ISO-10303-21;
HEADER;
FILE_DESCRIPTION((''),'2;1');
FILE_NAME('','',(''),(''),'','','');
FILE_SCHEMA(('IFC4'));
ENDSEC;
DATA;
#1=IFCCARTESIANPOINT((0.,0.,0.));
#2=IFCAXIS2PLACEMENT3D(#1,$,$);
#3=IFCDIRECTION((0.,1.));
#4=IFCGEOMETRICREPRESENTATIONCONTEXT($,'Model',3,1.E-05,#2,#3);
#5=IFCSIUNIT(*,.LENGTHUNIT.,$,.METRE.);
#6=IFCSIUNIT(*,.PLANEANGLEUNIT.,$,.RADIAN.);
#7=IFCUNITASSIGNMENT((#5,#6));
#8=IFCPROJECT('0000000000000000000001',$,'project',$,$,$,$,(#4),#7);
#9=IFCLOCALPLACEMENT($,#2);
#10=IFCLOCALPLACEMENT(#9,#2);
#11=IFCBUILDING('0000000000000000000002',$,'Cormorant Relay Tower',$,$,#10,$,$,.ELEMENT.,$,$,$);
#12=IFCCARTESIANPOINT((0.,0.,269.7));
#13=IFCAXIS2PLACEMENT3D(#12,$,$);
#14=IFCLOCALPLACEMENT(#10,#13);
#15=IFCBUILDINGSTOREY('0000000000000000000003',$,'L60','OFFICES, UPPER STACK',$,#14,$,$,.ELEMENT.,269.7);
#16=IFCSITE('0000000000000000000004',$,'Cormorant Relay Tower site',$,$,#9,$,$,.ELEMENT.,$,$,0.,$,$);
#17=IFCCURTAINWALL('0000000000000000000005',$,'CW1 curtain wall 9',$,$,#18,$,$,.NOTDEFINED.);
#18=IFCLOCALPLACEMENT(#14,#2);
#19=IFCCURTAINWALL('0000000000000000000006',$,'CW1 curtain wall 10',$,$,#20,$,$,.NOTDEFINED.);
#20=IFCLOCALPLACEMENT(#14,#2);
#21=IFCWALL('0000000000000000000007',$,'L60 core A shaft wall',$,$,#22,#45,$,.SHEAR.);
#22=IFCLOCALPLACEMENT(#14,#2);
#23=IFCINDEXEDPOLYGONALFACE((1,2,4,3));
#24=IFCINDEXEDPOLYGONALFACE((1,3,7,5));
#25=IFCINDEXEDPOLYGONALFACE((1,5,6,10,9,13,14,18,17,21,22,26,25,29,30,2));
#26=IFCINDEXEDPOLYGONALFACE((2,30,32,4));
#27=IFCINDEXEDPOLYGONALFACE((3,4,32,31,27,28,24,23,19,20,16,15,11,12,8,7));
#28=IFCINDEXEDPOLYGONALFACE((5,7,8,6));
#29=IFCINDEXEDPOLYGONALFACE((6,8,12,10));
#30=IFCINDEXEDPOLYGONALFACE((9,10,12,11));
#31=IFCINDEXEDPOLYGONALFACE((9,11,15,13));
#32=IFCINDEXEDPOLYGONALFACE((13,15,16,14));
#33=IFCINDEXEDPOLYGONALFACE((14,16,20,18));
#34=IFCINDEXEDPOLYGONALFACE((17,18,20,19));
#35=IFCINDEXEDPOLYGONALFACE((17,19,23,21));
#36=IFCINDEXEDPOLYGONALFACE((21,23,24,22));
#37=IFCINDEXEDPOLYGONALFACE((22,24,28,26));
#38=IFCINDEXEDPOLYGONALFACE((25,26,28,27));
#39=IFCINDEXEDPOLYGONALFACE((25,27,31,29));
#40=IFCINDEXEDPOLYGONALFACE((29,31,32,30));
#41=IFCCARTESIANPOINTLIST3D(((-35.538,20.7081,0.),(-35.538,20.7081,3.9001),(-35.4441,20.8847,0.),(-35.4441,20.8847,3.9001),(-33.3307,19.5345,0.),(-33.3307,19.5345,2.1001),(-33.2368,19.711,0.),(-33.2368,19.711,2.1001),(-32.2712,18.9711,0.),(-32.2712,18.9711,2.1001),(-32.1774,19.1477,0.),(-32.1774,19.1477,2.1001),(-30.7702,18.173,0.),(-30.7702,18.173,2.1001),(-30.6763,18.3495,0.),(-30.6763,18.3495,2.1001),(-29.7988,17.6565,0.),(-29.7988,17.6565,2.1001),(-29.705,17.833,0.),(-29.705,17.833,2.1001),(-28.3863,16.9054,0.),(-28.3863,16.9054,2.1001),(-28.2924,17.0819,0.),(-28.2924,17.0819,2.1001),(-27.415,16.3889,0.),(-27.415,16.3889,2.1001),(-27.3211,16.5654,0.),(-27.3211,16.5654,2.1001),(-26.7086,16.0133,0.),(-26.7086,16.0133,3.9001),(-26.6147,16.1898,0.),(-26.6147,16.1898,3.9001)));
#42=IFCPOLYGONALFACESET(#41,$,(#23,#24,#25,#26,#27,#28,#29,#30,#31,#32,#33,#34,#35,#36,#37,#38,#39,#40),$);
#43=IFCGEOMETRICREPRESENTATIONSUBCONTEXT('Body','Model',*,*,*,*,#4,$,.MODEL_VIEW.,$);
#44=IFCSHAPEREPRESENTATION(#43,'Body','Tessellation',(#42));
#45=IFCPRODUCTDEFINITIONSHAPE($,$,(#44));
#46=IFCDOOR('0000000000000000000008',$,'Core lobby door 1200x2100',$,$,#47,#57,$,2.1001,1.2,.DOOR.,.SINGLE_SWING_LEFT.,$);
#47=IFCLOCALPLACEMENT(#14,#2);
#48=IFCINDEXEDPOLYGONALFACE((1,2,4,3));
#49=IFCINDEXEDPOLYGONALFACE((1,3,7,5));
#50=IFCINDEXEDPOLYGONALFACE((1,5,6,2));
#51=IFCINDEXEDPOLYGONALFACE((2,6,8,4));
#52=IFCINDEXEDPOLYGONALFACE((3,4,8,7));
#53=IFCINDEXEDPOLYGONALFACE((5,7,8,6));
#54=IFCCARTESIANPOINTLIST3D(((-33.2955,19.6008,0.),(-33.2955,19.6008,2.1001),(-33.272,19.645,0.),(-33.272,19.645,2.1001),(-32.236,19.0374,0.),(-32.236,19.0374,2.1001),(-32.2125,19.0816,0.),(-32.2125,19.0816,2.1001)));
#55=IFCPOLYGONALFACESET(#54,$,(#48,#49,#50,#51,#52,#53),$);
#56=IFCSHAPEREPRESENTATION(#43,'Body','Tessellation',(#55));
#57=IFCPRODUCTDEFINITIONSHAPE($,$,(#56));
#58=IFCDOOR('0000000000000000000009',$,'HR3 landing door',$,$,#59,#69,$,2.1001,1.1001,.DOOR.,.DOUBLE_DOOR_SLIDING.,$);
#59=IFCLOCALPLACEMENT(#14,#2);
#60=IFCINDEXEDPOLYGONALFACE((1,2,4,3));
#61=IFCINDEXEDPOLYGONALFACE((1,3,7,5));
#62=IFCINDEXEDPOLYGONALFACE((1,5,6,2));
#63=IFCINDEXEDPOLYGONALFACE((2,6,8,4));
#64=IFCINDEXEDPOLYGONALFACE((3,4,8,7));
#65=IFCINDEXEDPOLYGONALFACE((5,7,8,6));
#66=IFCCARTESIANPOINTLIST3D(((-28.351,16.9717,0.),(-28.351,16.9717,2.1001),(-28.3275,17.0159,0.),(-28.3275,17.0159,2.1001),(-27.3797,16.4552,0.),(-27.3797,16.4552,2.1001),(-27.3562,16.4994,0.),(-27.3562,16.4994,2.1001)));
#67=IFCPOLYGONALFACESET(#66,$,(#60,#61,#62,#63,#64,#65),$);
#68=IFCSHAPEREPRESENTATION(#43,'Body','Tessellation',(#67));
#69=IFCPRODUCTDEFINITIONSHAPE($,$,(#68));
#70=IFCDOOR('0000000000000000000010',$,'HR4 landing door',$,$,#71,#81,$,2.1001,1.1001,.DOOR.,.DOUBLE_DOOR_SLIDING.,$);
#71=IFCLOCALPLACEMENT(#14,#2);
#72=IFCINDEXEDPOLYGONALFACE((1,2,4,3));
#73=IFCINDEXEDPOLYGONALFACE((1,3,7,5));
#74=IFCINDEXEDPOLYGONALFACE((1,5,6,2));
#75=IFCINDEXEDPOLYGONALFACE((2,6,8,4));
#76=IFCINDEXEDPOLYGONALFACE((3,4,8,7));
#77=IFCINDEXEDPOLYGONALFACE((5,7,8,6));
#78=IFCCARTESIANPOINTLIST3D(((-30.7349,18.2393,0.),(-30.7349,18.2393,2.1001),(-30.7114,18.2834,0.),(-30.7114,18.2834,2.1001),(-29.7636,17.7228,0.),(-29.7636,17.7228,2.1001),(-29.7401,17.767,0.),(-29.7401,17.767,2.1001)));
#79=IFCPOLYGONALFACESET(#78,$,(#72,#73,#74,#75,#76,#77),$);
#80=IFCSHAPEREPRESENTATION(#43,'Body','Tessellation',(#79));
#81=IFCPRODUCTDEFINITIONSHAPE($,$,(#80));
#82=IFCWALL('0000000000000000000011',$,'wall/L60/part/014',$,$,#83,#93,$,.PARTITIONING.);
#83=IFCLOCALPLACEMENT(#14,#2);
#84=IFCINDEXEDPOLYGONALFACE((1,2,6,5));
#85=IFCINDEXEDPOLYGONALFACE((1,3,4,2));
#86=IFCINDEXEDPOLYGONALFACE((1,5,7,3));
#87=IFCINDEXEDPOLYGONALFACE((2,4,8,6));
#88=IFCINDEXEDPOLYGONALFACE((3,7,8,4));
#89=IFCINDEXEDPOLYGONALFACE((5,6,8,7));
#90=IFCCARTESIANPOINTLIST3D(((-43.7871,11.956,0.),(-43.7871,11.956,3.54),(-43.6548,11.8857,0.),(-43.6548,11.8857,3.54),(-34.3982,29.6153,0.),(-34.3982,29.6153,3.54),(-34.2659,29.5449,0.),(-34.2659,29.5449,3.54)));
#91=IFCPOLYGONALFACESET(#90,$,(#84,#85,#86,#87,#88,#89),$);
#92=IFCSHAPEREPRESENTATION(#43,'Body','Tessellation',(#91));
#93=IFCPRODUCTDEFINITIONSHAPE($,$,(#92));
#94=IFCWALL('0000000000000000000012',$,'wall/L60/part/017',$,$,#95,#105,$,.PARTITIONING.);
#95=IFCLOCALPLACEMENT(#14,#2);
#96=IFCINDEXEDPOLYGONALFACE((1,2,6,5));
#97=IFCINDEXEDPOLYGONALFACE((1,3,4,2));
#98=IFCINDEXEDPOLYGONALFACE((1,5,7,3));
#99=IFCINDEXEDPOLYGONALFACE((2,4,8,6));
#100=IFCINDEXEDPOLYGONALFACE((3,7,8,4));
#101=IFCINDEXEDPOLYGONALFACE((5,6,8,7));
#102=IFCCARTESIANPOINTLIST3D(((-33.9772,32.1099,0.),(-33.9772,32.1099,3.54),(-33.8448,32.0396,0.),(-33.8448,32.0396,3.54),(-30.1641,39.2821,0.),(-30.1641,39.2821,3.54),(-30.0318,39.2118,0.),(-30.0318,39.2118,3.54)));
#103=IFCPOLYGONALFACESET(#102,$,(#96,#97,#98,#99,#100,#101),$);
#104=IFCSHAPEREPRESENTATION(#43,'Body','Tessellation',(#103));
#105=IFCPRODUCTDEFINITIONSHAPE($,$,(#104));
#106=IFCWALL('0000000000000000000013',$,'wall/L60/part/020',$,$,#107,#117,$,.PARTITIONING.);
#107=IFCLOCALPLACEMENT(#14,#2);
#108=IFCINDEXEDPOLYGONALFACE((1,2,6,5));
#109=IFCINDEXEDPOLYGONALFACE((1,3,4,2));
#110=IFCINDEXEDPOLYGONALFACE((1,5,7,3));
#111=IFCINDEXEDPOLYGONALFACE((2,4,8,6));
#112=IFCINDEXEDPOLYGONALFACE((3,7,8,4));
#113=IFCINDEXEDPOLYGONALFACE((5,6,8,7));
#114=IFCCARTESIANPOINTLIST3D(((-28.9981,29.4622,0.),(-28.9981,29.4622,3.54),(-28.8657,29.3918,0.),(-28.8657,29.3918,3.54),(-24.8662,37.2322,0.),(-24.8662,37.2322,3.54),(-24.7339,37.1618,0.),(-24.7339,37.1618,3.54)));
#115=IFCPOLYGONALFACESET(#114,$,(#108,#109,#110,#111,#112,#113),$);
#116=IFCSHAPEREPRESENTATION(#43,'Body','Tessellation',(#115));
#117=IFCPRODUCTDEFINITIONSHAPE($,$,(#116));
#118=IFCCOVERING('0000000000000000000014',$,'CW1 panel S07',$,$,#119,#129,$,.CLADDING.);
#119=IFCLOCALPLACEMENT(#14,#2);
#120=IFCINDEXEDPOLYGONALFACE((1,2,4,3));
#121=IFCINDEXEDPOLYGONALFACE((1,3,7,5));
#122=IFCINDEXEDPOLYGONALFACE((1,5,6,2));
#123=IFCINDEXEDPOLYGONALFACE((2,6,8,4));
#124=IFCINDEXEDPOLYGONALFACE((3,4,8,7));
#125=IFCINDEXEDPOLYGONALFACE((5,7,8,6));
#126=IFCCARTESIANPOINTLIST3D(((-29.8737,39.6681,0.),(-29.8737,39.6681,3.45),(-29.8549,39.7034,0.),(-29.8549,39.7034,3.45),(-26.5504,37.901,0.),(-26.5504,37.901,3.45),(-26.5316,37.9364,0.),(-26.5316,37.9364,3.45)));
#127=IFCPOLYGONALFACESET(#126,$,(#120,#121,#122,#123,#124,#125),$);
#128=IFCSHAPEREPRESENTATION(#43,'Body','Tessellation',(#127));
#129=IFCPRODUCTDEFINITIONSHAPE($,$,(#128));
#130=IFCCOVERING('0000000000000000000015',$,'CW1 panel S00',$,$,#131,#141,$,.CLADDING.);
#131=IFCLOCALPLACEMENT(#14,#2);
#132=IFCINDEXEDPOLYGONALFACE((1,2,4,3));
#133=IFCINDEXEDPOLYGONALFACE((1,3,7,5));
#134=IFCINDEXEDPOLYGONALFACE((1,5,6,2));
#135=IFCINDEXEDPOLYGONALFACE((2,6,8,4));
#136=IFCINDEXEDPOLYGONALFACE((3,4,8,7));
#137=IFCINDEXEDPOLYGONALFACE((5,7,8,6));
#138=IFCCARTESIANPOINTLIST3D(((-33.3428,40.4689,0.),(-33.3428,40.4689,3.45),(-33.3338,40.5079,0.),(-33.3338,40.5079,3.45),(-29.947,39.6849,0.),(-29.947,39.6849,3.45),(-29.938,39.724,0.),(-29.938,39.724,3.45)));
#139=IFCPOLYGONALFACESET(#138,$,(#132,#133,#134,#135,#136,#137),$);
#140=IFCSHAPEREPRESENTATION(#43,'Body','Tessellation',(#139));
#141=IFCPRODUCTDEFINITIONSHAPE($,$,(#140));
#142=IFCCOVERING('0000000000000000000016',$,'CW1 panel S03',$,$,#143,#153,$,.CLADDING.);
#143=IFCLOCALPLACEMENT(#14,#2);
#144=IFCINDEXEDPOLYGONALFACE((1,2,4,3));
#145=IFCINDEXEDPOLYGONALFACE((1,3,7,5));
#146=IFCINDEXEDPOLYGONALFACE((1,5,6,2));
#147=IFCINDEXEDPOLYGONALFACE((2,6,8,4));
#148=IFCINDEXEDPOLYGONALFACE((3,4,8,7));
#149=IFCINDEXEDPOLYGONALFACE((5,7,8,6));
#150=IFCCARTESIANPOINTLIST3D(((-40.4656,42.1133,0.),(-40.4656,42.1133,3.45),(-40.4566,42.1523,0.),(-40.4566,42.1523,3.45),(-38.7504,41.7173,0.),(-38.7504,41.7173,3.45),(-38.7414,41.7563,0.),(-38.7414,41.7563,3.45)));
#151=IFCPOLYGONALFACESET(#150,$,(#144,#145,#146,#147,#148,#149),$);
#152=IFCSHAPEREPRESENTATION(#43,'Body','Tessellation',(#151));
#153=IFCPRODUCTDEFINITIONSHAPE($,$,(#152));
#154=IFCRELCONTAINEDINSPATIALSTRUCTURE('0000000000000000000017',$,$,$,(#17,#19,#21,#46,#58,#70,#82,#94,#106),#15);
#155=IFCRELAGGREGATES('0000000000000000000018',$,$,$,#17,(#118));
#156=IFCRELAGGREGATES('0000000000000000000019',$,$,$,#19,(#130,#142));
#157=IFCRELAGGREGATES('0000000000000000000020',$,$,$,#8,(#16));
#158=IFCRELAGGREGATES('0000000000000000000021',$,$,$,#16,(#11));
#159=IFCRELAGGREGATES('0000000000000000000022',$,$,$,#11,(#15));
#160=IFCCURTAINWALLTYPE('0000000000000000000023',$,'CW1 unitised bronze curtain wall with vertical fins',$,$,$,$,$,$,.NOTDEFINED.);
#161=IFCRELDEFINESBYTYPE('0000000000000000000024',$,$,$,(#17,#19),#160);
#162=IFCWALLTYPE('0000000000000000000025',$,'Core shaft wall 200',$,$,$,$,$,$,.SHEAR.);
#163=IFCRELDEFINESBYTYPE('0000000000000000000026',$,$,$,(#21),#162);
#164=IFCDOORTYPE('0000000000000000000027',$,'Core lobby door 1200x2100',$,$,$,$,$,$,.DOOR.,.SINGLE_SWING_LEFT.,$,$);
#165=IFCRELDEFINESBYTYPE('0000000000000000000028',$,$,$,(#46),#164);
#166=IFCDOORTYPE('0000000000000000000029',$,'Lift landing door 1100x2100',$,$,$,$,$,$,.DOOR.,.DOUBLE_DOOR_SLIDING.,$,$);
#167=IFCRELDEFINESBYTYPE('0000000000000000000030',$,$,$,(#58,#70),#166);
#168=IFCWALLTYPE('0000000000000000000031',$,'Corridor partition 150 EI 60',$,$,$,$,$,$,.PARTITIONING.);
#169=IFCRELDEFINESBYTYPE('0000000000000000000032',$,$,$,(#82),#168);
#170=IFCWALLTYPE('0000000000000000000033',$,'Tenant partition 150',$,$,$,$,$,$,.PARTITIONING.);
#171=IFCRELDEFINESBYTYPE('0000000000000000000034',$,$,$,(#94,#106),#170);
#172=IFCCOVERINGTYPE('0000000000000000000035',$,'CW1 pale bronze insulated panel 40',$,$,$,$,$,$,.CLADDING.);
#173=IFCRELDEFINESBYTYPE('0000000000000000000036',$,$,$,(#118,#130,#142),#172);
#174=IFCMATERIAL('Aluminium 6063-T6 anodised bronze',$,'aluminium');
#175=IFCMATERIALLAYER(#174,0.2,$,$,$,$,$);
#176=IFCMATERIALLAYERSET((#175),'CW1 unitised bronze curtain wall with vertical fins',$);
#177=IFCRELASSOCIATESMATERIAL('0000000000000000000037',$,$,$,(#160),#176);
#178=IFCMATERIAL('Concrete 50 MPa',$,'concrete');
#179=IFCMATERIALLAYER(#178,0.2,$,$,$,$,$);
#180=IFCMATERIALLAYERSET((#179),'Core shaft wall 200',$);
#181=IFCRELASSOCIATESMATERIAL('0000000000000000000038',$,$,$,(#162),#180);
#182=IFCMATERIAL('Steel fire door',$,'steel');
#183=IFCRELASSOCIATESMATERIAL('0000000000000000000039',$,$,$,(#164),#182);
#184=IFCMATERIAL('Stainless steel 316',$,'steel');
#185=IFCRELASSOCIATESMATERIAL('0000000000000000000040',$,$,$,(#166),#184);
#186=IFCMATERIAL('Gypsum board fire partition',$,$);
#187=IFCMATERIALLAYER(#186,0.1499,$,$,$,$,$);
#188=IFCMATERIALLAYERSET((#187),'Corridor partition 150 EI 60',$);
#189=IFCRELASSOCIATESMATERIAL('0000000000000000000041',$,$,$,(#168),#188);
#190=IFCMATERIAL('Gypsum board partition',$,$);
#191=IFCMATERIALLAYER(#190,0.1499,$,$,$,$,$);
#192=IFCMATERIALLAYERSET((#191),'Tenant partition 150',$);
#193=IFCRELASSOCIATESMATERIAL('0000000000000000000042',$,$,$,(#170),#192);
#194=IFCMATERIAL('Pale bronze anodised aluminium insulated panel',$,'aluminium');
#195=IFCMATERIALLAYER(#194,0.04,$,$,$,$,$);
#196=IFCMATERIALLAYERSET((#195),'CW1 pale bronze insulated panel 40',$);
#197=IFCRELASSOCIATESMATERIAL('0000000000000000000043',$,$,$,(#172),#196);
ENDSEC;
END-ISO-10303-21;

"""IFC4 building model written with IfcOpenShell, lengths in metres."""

from ifc_helpers import new_model, si_unit, direction, frame, frame_2d, origin, origin_2d, place, context, subcontext, project, spatial, rectangle, extrude, material, layer, layer_set, type_object, element, fill, aggregate, save


model = new_model("IFC4")

# Units and contexts
model_context = context("Model", 3, precision=1e-05, world=origin(), true_north=direction((0.0, 1.0)))
body_context = subcontext(model_context, "Body", "Model", "MODEL_VIEW")
ifc_project = project(units=[si_unit("LENGTHUNIT", "METRE"), si_unit("PLANEANGLEUNIT", "RADIAN")], contexts=[model_context])

# Site, building, storey
site_placement = place(None, origin())
site = spatial("IfcSite", under=ifc_project, at=site_placement, Name="Cormorant Relay Tower site", CompositionType="ELEMENT", RefElevation=0.0)
building_placement = place(site_placement, origin())
building = spatial("IfcBuilding", under=site, at=building_placement, Name="Cormorant Relay Tower", CompositionType="ELEMENT")
storey_placement = place(building_placement, frame((0.0, 0.0, 269.7)))
storey = spatial("IfcBuildingStorey", under=building, at=storey_placement, Name="L60", Description="OFFICES, UPPER STACK", CompositionType="ELEMENT", Elevation=269.7)

# Curtain wall
ifc_material_1 = material(Name="Aluminium 6063-T6 anodised bronze", Category="aluminium")
ifc_layer_1 = layer(ifc_material_1, 0.2)
ifc_layer_set_1 = layer_set([ifc_layer_1], Name="CW1 unitised bronze curtain wall with vertical fins")
curtain_wall_type = type_object("IfcCurtainWallType", Name="CW1 unitised bronze curtain wall with vertical fins", PredefinedType="NOTDEFINED", material=ifc_layer_set_1)
curtain_wall_1_placement = place(storey_placement, origin())
curtain_wall_1 = element("IfcCurtainWall", 1, at=curtain_wall_1_placement, inside=storey, type_object=curtain_wall_type, Name="CW1 curtain wall 9", PredefinedType="NOTDEFINED")

# Curtain wall
curtain_wall_2_placement = place(storey_placement, origin())
curtain_wall_2 = element("IfcCurtainWall", 2, at=curtain_wall_2_placement, inside=storey, type_object=curtain_wall_type, Name="CW1 curtain wall 10", PredefinedType="NOTDEFINED")

# Shared definitions
ifc_material_2 = material(Name="Concrete 50 MPa", Category="concrete")
ifc_layer_2 = layer(ifc_material_2, 0.2)
ifc_layer_set_2 = layer_set([ifc_layer_2], Name="Core shaft wall 200")
wall_type_1 = type_object("IfcWallType", Name="Core shaft wall 200", PredefinedType="SHEAR", material=ifc_layer_set_2)

# Wall, openings, doors
wall_1_placement = place(storey_placement, frame((-26.6616, 16.1016, 0.0), z_axis=(0.0, 0.0, 1.0), x_axis=(-0.88294, 0.469485, 0.0)))
wall_1 = element("IfcWall", 3, at=wall_1_placement, inside=storey, type_object=wall_type_1, Name="L60 core A shaft wall", PredefinedType="SHEAR", context=body_context, shape_type="SweptSolid", body=[
    extrude(rectangle(XDim=10.0, YDim=0.2, at=frame_2d((5.0, 0.0))), origin(), (0.0, 0.0, 1.0), 3.9001),
])
opening_1_placement = place(wall_1_placement, frame((6.3, 0.0, 0.0)))
opening_1 = element("IfcOpeningElement", 4, at=opening_1_placement, cuts=wall_1, PredefinedType="OPENING", context=body_context, shape_type="SweptSolid", body=[
    extrude(rectangle(XDim=1.2, YDim=2.1001, at=frame_2d((0.6001, 1.05))), frame((0.0, 0.1099, 0.0), z_axis=(0.0, -1.0, 0.0), x_axis=(1.0, 0.0, 0.0)), (0.0, 0.0, 1.0), 0.22),
])
opening_2_placement = place(wall_1_placement, frame((0.8, 0.0, 0.0)))
opening_2 = element("IfcOpeningElement", 5, at=opening_2_placement, cuts=wall_1, PredefinedType="OPENING", context=body_context, shape_type="SweptSolid", body=[
    extrude(rectangle(XDim=1.1001, YDim=2.1001, at=frame_2d((0.55, 1.05))), frame((0.0, 0.1099, 0.0), z_axis=(0.0, -1.0, 0.0), x_axis=(1.0, 0.0, 0.0)), (0.0, 0.0, 1.0), 0.22),
])
opening_3_placement = place(wall_1_placement, frame((3.5, 0.0, 0.0)))
opening_3 = element("IfcOpeningElement", 6, at=opening_3_placement, cuts=wall_1, PredefinedType="OPENING", context=body_context, shape_type="SweptSolid", body=[
    extrude(rectangle(XDim=1.1001, YDim=2.1001, at=frame_2d((0.55, 1.05))), frame((0.0, 0.1099, 0.0), z_axis=(0.0, -1.0, 0.0), x_axis=(1.0, 0.0, 0.0)), (0.0, 0.0, 1.0), 0.22),
])
ifc_material_3 = material(Name="Steel fire door", Category="steel")
door_type_1 = type_object("IfcDoorType", Name="Core lobby door 1200x2100", OperationType="SINGLE_SWING_LEFT", PredefinedType="DOOR", material=ifc_material_3)
door_1_placement = place(opening_1_placement, origin())
door_1 = element("IfcDoor", 7, at=door_1_placement, inside=storey, type_object=door_type_1, Name="Core lobby door 1200x2100", OperationType="SINGLE_SWING_LEFT", OverallHeight=2.1001, OverallWidth=1.2, PredefinedType="DOOR", context=body_context, shape_type="SweptSolid", body=[
    extrude(rectangle(XDim=1.2, YDim=2.1001, at=frame_2d((0.6001, 1.05))), frame((0.0, 0.0249, 0.0), z_axis=(0.0, -1.0, 0.0), x_axis=(1.0, 0.0, 0.0)), (0.0, 0.0, 1.0), 0.05),
])
fill(opening_1, door_1)
ifc_material_4 = material(Name="Stainless steel 316", Category="steel")
door_type_2 = type_object("IfcDoorType", Name="Lift landing door 1100x2100", OperationType="DOUBLE_DOOR_SLIDING", PredefinedType="DOOR", material=ifc_material_4)
door_2_placement = place(opening_2_placement, origin())
door_2 = element("IfcDoor", 8, at=door_2_placement, inside=storey, type_object=door_type_2, Name="HR3 landing door", OperationType="DOUBLE_DOOR_SLIDING", OverallHeight=2.1001, OverallWidth=1.1001, PredefinedType="DOOR", context=body_context, shape_type="SweptSolid", body=[
    extrude(rectangle(XDim=1.1001, YDim=2.1001, at=frame_2d((0.55, 1.05))), frame((0.0, 0.0249, 0.0), z_axis=(0.0, -1.0, 0.0), x_axis=(1.0, 0.0, 0.0)), (0.0, 0.0, 1.0), 0.05),
])
fill(opening_2, door_2)
door_3_placement = place(opening_3_placement, origin())
door_3 = element("IfcDoor", 9, at=door_3_placement, inside=storey, type_object=door_type_2, Name="HR4 landing door", OperationType="DOUBLE_DOOR_SLIDING", OverallHeight=2.1001, OverallWidth=1.1001, PredefinedType="DOOR", context=body_context, shape_type="SweptSolid", body=[
    extrude(rectangle(XDim=1.1001, YDim=2.1001, at=frame_2d((0.55, 1.05))), frame((0.0, 0.0249, 0.0), z_axis=(0.0, -1.0, 0.0), x_axis=(1.0, 0.0, 0.0)), (0.0, 0.0, 1.0), 0.05),
])
fill(opening_3, door_3)

# Walls
ifc_material_5 = material(Name="Gypsum board fire partition")
ifc_layer_3 = layer(ifc_material_5, 0.1499)
ifc_layer_set_3 = layer_set([ifc_layer_3], Name="Corridor partition 150 EI 60")
wall_type_2 = type_object("IfcWallType", Name="Corridor partition 150 EI 60", PredefinedType="PARTITIONING", material=ifc_layer_set_3)
wall_2_placement = place(storey_placement, frame((-34.332, 29.5801, 0.0), z_axis=(0.0, 0.0, 1.0), x_axis=(-0.469447, -0.882961, 0.0)))
element("IfcWall", 10, at=wall_2_placement, inside=storey, type_object=wall_type_2, Name="wall/L60/part/014", PredefinedType="PARTITIONING", context=body_context, shape_type="SweptSolid", body=[
    extrude(rectangle(XDim=20.0, YDim=0.1499, at=frame_2d((10.0, 0.0))), origin(), (0.0, 0.0, 1.0), 3.54),
])
ifc_material_6 = material(Name="Gypsum board partition")
ifc_layer_4 = layer(ifc_material_6, 0.1499)
ifc_layer_set_4 = layer_set([ifc_layer_4], Name="Tenant partition 150")
wall_type_3 = type_object("IfcWallType", Name="Tenant partition 150", PredefinedType="PARTITIONING", material=ifc_layer_set_4)
wall_3_placement = place(storey_placement, frame((-30.0979, 39.2471, 0.0), z_axis=(0.0, 0.0, 1.0), x_axis=(-0.469424, -0.882973, 0.0)))
element("IfcWall", 11, at=wall_3_placement, inside=storey, type_object=wall_type_3, Name="wall/L60/part/017", PredefinedType="PARTITIONING", context=body_context, shape_type="SweptSolid", body=[
    extrude(rectangle(XDim=8.1228, YDim=0.1499, at=frame_2d((4.0615, 0.0))), origin(), (0.0, 0.0, 1.0), 3.54),
])
wall_4_placement = place(storey_placement, frame((-24.8, 37.197, 0.0), z_axis=(0.0, 0.0, 1.0), x_axis=(-0.469511, -0.882927, 0.0)))
element("IfcWall", 12, at=wall_4_placement, inside=storey, type_object=wall_type_3, Name="wall/L60/part/020", PredefinedType="PARTITIONING", context=body_context, shape_type="SweptSolid", body=[
    extrude(rectangle(XDim=8.8003, YDim=0.1499, at=frame_2d((4.4001, 0.0))), origin(), (0.0, 0.0, 1.0), 3.54),
])

# Coverings
ifc_material_7 = material(Name="Pale bronze anodised aluminium insulated panel", Category="aluminium")
ifc_layer_5 = layer(ifc_material_7, 0.04)
ifc_layer_set_5 = layer_set([ifc_layer_5], Name="CW1 pale bronze insulated panel 40")
covering_type = type_object("IfcCoveringType", Name="CW1 pale bronze insulated panel 40", PredefinedType="CLADDING", material=ifc_layer_set_5)
covering_1_placement = place(storey_placement, frame((-28.2026, 38.8022, 0.0), z_axis=(0.0, 0.0, 1.0), x_axis=(-0.882948, 0.469472, 0.0)))
covering_1 = element("IfcCovering", 13, at=covering_1_placement, type_object=covering_type, Name="CW1 panel S07", PredefinedType="CLADDING", context=body_context, shape_type="SweptSolid", body=[
    extrude(rectangle(XDim=3.7639, YDim=0.04, at=origin_2d()), origin(), (0.0, 0.0, 1.0), 3.45),
])
aggregate(curtain_wall_1, [covering_1])
covering_2_placement = place(storey_placement, frame((-31.6404, 40.0964, 0.0), z_axis=(0.0, 0.0, 1.0), x_axis=(-0.97437, 0.224951, 0.0)))
covering_2 = element("IfcCovering", 14, at=covering_2_placement, type_object=covering_type, Name="CW1 panel S00", PredefinedType="CLADDING", context=body_context, shape_type="SweptSolid", body=[
    extrude(rectangle(XDim=3.4851, YDim=0.04, at=origin_2d()), origin(), (0.0, 0.0, 1.0), 3.45),
])
covering_3_placement = place(storey_placement, frame((-39.6035, 41.9348, 0.0), z_axis=(0.0, 0.0, 1.0), x_axis=(-0.97437, 0.224951, 0.0)))
covering_3 = element("IfcCovering", 15, at=covering_3_placement, type_object=covering_type, Name="CW1 panel S03", PredefinedType="CLADDING", context=body_context, shape_type="SweptSolid", body=[
    extrude(rectangle(XDim=1.7603, YDim=0.04, at=origin_2d()), origin(), (0.0, 0.0, 1.0), 3.45),
])
aggregate(curtain_wall_2, [covering_2, covering_3])

save(model, "model.ifc")
